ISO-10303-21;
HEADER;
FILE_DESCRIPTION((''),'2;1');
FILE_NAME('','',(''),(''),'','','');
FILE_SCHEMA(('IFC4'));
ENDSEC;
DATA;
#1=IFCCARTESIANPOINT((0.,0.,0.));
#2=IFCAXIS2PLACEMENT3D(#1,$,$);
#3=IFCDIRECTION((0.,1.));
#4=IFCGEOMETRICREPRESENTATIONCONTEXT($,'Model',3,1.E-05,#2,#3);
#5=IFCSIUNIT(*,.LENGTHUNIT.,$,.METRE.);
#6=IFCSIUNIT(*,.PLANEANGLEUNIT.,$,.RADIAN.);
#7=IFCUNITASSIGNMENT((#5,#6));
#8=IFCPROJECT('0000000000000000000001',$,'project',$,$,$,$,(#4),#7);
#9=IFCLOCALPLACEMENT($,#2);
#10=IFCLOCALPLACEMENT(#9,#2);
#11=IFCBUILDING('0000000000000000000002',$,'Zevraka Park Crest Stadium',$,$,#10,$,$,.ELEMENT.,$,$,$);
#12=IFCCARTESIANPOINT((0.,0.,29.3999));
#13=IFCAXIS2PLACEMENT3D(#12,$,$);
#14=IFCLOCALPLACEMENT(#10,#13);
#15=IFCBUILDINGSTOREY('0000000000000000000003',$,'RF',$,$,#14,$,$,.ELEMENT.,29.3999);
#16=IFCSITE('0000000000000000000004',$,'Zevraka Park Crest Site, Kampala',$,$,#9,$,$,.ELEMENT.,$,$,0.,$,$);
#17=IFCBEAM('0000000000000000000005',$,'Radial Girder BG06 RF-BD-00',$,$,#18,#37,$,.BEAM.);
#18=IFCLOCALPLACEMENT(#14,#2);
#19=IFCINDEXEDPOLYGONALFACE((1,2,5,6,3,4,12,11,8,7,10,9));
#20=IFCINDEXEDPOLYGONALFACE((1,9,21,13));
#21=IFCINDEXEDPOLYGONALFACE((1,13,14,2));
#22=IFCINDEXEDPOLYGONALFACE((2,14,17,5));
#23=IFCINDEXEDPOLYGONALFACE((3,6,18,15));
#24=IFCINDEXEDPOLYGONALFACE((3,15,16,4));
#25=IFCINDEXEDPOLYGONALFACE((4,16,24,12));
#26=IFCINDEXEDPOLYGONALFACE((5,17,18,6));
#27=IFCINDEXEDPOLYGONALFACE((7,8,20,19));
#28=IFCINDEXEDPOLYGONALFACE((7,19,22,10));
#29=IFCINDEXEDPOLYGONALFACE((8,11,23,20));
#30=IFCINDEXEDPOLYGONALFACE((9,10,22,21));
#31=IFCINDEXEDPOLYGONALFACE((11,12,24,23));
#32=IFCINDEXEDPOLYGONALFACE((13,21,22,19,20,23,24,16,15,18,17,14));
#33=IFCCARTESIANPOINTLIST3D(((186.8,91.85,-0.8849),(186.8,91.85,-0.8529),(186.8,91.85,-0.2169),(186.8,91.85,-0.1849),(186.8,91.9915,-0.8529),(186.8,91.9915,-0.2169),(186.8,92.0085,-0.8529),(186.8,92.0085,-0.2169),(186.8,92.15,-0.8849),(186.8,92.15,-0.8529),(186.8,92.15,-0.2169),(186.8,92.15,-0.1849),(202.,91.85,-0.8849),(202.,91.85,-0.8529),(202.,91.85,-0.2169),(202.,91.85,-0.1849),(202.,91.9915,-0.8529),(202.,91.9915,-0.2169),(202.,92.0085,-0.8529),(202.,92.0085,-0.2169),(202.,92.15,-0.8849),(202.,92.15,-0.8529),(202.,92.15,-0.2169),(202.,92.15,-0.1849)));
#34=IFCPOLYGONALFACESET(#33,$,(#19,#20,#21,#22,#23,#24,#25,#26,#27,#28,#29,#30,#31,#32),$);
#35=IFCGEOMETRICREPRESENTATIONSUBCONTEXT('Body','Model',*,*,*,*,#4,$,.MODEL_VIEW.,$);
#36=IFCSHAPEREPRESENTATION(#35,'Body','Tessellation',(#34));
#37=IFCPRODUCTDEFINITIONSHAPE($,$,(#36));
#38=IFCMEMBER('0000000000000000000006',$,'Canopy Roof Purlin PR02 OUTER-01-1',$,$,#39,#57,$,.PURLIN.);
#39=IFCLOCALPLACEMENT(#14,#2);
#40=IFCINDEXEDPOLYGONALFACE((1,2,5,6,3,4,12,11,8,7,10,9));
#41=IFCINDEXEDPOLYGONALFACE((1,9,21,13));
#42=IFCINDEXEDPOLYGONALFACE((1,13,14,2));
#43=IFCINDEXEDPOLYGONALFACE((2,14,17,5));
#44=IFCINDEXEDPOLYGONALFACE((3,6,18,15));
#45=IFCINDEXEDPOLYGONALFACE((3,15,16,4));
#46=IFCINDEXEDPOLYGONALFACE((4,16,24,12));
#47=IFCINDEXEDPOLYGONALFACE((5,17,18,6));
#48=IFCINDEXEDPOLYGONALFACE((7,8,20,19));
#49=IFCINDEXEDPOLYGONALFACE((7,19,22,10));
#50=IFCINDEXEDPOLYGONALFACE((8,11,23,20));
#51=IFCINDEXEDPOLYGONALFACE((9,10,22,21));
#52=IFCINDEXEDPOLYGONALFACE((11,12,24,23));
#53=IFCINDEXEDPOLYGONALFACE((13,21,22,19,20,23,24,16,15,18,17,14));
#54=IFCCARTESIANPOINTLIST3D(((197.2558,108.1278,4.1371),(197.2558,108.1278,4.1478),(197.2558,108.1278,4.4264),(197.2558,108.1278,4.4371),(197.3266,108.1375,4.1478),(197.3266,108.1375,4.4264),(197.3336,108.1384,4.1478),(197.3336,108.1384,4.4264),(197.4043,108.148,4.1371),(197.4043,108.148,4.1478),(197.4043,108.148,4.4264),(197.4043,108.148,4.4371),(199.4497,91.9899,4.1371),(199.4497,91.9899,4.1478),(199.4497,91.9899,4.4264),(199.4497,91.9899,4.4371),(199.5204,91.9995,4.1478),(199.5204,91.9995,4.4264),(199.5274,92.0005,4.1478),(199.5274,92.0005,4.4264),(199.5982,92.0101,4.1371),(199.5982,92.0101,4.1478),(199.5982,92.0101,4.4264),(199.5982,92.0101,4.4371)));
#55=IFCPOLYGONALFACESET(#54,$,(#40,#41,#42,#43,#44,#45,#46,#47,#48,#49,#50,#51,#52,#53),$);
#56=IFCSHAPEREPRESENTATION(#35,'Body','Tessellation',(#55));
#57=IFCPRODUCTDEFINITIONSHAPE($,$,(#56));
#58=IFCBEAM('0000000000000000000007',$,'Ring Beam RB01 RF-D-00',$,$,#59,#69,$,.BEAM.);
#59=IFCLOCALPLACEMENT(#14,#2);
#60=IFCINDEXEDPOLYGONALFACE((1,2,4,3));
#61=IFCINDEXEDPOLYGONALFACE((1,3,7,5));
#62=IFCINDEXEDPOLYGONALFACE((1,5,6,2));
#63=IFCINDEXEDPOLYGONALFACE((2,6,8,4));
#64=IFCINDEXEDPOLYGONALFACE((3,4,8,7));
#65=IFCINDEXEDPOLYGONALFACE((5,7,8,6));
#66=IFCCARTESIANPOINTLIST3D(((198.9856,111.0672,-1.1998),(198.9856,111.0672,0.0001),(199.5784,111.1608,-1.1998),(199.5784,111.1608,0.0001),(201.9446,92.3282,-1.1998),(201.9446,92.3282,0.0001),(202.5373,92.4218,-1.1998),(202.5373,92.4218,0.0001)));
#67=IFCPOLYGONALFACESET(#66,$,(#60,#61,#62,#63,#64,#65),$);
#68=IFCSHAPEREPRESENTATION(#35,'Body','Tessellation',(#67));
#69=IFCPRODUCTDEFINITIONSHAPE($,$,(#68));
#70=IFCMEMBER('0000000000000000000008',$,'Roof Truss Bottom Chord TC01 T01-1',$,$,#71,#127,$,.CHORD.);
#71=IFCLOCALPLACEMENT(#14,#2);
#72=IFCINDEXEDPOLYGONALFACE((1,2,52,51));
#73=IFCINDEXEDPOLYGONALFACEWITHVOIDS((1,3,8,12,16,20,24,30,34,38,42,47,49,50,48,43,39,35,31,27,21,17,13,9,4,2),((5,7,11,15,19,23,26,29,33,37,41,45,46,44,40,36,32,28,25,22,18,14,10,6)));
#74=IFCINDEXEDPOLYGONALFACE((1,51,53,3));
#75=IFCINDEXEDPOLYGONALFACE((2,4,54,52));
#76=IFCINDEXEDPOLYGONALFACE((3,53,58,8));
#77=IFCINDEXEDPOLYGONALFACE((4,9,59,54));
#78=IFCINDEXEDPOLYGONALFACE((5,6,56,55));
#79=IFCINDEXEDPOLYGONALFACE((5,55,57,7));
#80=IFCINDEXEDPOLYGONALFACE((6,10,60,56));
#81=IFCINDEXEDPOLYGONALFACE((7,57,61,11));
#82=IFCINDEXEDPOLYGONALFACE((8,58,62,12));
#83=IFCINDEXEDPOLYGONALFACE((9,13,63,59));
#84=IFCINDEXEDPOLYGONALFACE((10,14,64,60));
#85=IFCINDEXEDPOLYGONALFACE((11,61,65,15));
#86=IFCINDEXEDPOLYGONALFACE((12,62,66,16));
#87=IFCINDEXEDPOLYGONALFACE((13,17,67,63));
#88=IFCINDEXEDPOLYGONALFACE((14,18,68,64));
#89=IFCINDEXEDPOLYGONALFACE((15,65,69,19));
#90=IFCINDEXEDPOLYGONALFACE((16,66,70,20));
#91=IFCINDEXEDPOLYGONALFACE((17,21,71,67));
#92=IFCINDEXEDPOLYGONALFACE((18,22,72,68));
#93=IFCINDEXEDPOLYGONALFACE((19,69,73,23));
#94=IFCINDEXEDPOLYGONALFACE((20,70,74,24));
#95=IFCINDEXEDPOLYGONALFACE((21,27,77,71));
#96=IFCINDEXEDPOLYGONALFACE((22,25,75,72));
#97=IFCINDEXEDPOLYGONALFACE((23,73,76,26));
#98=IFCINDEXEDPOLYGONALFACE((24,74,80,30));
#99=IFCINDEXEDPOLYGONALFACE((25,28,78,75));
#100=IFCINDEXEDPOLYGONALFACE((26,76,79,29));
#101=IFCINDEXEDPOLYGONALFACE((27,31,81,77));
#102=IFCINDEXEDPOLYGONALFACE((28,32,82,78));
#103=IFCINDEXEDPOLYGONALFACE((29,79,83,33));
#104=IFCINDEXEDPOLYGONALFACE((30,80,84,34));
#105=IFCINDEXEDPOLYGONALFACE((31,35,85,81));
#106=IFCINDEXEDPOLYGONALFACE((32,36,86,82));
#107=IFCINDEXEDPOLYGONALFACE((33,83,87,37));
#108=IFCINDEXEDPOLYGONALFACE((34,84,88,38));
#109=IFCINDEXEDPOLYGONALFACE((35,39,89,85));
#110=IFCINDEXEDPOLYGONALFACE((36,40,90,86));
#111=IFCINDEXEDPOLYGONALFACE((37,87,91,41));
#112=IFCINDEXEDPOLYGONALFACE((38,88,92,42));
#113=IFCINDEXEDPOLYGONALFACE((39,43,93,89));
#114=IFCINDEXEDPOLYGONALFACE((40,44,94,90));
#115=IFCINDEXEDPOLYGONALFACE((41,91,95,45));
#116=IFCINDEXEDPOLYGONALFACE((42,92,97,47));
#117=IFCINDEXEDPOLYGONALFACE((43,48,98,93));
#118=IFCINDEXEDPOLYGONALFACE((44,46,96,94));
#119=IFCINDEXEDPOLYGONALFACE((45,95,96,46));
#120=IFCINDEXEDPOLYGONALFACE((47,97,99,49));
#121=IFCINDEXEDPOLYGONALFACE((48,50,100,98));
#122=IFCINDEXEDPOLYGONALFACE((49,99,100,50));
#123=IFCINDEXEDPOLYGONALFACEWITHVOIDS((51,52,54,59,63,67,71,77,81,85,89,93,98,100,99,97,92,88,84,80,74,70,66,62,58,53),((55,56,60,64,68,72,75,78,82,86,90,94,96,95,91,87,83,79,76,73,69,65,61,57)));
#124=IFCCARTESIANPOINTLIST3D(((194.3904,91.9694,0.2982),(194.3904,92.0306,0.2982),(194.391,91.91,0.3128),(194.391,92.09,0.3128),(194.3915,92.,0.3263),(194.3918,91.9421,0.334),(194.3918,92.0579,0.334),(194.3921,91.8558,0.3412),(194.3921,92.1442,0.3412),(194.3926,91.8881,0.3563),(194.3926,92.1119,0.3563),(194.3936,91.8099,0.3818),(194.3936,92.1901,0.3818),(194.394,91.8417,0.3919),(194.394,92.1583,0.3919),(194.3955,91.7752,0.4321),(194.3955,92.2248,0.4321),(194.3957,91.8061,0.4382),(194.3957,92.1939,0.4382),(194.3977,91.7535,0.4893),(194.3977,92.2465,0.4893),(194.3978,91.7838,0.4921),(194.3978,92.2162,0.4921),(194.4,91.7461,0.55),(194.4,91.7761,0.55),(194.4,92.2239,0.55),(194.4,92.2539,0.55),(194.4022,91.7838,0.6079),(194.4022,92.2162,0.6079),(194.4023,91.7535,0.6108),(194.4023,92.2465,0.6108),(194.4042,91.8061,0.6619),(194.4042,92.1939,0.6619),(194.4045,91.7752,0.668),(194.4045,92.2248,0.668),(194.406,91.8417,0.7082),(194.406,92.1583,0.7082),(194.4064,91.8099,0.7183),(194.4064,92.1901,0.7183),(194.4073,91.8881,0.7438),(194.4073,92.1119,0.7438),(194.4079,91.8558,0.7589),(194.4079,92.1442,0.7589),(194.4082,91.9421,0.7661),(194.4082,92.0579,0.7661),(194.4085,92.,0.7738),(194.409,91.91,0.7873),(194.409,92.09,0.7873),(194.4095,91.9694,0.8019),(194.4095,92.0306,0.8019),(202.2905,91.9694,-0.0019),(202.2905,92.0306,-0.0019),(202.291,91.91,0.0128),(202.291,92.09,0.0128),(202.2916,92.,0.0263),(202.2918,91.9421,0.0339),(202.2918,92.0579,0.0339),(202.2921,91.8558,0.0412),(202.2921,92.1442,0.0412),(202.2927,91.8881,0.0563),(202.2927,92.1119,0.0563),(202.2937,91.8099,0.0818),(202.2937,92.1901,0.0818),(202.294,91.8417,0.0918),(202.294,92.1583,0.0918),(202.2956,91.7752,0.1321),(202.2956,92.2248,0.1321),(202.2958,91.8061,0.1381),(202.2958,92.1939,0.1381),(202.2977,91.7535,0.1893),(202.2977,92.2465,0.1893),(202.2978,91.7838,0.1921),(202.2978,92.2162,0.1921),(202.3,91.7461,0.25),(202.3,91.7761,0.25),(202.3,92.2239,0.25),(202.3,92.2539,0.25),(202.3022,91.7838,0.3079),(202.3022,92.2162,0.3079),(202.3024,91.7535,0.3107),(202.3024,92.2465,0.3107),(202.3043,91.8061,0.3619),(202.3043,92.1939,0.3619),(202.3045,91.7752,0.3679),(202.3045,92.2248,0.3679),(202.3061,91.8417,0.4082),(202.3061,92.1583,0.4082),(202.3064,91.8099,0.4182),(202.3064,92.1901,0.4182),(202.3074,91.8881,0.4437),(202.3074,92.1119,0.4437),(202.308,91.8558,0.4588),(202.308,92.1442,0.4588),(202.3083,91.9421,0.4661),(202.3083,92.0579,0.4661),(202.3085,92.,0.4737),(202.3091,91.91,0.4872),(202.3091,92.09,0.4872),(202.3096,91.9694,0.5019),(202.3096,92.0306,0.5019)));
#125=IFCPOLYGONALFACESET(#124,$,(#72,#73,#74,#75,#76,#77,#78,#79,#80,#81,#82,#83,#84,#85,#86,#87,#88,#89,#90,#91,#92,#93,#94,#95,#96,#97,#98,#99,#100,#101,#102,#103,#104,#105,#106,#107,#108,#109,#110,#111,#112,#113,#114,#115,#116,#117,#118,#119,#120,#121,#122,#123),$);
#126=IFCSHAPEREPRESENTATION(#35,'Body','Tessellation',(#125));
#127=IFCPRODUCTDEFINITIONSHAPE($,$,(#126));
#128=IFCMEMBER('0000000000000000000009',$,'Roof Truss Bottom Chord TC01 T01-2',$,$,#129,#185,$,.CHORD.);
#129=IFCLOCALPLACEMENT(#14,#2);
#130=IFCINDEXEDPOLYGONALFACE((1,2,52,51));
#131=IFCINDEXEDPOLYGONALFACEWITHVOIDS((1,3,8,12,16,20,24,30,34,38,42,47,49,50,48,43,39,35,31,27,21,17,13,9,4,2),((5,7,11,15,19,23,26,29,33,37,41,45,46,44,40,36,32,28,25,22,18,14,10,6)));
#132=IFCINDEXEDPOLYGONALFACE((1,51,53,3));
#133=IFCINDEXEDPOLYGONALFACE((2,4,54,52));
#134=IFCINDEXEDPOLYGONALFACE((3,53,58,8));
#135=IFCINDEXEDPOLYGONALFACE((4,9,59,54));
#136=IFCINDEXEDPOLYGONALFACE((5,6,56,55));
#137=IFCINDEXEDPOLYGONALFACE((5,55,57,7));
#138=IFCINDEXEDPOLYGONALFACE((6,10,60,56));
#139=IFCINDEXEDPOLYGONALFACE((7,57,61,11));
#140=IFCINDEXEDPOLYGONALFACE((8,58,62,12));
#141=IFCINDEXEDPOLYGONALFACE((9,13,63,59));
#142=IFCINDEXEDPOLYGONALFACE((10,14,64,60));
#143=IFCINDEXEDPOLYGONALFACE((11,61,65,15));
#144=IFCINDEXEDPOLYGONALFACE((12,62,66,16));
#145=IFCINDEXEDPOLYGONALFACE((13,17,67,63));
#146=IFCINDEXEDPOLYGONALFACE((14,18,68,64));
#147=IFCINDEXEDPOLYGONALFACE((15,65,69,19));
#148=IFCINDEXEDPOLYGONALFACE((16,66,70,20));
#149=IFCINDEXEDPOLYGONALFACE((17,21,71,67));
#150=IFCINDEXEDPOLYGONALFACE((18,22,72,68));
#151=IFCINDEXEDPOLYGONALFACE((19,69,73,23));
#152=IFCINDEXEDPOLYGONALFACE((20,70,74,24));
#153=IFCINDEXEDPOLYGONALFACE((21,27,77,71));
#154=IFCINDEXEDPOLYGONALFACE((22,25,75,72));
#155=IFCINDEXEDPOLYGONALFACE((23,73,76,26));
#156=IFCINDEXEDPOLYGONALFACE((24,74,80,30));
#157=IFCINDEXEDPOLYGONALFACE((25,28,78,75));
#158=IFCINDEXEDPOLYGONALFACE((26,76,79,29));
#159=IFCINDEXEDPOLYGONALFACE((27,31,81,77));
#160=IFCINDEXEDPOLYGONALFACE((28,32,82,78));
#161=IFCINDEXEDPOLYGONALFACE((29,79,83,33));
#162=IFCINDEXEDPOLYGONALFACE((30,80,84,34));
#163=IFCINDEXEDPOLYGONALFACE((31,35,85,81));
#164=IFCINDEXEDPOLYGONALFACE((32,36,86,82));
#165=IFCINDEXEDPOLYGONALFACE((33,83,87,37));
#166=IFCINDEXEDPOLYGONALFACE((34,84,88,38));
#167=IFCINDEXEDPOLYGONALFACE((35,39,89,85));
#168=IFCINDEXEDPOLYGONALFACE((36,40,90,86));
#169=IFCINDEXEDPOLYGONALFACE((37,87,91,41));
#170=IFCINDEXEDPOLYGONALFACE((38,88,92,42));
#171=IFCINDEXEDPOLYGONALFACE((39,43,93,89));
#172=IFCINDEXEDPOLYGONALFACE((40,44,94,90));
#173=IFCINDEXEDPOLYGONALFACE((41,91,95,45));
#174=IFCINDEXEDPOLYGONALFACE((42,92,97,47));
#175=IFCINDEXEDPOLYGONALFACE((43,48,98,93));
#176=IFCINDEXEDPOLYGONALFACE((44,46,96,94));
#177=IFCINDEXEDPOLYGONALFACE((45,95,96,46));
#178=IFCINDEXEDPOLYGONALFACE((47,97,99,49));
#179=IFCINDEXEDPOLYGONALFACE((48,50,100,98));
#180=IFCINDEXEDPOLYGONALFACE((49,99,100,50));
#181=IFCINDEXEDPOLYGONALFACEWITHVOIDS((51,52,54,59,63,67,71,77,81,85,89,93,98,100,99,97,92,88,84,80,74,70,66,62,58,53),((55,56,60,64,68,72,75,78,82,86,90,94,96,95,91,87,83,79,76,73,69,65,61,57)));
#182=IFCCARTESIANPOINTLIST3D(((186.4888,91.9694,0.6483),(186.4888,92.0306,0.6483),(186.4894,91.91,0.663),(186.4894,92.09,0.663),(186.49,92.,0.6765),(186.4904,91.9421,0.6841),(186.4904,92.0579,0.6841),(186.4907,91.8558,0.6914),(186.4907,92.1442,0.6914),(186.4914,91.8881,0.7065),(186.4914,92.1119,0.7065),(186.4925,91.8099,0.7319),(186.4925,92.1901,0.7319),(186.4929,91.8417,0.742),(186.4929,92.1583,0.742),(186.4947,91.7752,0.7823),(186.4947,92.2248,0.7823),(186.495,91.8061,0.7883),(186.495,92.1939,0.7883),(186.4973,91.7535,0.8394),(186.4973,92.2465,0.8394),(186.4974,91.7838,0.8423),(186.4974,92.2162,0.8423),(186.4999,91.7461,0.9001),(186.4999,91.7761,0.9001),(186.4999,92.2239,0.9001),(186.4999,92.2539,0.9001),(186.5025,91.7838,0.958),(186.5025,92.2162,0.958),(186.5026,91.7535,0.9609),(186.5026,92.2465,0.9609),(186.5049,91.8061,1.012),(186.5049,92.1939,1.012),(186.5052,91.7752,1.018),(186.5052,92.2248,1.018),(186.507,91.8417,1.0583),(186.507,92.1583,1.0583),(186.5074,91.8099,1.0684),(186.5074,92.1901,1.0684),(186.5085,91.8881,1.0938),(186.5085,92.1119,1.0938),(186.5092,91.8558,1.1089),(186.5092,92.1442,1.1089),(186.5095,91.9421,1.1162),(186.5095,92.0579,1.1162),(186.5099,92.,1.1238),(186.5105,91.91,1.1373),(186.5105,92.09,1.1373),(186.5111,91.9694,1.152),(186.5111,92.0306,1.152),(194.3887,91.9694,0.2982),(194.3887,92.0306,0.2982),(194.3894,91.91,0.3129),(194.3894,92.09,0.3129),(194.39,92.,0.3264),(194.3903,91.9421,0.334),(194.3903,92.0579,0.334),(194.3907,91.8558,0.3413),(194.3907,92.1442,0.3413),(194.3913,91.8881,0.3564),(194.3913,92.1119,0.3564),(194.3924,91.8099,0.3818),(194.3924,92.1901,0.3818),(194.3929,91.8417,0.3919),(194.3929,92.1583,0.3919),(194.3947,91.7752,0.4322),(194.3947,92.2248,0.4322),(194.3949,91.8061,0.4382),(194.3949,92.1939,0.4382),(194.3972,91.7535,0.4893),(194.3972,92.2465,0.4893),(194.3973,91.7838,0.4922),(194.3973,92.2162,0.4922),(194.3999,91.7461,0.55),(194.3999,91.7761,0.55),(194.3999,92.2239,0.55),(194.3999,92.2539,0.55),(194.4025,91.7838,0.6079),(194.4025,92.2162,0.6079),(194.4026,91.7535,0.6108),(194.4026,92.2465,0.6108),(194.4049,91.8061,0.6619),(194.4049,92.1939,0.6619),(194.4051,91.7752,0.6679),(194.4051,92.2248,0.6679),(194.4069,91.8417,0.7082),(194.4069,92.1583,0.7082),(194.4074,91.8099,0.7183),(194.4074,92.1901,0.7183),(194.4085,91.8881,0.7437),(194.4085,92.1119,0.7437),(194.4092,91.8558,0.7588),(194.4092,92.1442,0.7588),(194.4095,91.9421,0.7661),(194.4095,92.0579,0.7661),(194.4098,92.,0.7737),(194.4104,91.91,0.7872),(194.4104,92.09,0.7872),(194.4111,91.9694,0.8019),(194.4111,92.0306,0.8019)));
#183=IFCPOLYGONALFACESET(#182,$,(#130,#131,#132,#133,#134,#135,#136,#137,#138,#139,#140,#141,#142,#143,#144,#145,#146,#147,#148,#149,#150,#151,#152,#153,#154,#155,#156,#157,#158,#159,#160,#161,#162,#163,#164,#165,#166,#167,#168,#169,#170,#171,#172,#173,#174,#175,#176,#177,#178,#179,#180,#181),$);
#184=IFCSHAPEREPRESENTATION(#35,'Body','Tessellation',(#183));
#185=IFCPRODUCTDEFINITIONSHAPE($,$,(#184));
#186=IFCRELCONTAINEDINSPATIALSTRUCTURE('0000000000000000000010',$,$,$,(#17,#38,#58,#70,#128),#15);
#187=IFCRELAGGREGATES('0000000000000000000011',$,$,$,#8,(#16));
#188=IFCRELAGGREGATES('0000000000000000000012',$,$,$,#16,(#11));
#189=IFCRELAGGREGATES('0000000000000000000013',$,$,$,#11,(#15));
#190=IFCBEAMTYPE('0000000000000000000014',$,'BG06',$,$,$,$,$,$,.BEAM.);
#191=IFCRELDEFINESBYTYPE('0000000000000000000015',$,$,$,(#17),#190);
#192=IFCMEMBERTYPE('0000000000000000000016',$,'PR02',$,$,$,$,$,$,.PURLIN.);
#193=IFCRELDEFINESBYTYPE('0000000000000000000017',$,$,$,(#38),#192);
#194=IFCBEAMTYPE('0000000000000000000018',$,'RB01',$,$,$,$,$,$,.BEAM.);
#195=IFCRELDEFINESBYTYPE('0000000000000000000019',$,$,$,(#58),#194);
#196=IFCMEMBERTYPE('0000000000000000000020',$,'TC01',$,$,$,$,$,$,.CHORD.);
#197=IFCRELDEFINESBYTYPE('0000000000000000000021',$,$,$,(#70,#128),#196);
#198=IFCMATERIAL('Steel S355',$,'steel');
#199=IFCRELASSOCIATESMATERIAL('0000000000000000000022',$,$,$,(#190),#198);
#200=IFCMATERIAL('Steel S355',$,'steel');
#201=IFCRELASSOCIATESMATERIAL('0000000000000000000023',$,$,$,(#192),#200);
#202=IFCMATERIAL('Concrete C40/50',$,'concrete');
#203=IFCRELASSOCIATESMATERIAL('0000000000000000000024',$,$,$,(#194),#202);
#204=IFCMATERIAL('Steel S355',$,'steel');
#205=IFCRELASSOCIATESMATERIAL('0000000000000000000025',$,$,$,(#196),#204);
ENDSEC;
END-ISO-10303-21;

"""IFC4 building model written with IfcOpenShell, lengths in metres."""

from ifc_helpers import new_model, si_unit, direction, frame, origin, origin_2d, place, context, subcontext, project, spatial, rectangle, hollow_circle, i_section, extrude, material, material_profile, profile_set, type_object, element, save


model = new_model("IFC4")

# Units and contexts
model_context = context("Model", 3, precision=1e-05, world=origin(), true_north=direction((0.0, 1.0)))
body_context = subcontext(model_context, "Body", "Model", "MODEL_VIEW")
ifc_project = project(units=[si_unit("LENGTHUNIT", "METRE"), si_unit("PLANEANGLEUNIT", "RADIAN")], contexts=[model_context])

# Site, building, storey
site_placement = place(None, origin())
site = spatial("IfcSite", under=ifc_project, at=site_placement, Name="Zevraka Park Crest Site, Kampala", CompositionType="ELEMENT", RefElevation=0.0)
building_placement = place(site_placement, origin())
building = spatial("IfcBuilding", under=site, at=building_placement, Name="Zevraka Park Crest Stadium", CompositionType="ELEMENT")
storey_placement = place(building_placement, frame((0.0, 0.0, 29.3999)))
storey = spatial("IfcBuildingStorey", under=building, at=storey_placement, Name="RF", CompositionType="ELEMENT", Elevation=29.3999)

# Beam
ifc_material_1 = material(Name="Steel S355", Category="steel")
ifc_material_profile_1 = material_profile(ifc_material_1, i_section(OverallWidth=0.3, OverallDepth=0.7, WebThickness=0.0171, FlangeThickness=0.032, at=origin_2d()), Name="HEB 700")
ifc_profile_set_1 = profile_set([ifc_material_profile_1], Name="Steel S355")
beam_type_1 = type_object("IfcBeamType", Name="BG06", PredefinedType="BEAM", material=ifc_profile_set_1)
beam_1_placement = place(storey_placement, frame((186.8, 92.0, -0.5349), z_axis=(1.0, 0.0, 0.0), x_axis=(0.0, 1.0, 0.0)))
element("IfcBeam", 1, at=beam_1_placement, inside=storey, type_object=beam_type_1, Name="Radial Girder BG06 RF-BD-00", PredefinedType="BEAM", context=body_context, shape_type="SweptSolid", body=[
    extrude(i_section(OverallWidth=0.3, OverallDepth=0.7, WebThickness=0.0171, FlangeThickness=0.032, at=origin_2d()), origin(), (0.0, 0.0, 1.0), 15.2),
])

# Member
ifc_material_2 = material(Name="Steel S355", Category="steel")
ifc_material_profile_2 = material_profile(ifc_material_2, i_section(OverallWidth=0.1499, OverallDepth=0.3, WebThickness=0.0071, FlangeThickness=0.0107, at=origin_2d()), Name="IPE 300")
ifc_profile_set_2 = profile_set([ifc_material_profile_2], Name="Steel S355")
member_type_1 = type_object("IfcMemberType", Name="PR02", PredefinedType="PURLIN", material=ifc_profile_set_2)
member_1_placement = place(storey_placement, frame((199.5239, 92.0, 4.2871), z_axis=(-0.134704, 0.990886, 0.0), x_axis=(-0.990886, -0.134704, 0.0)))
element("IfcMember", 2, at=member_1_placement, inside=storey, type_object=member_type_1, Name="Canopy Roof Purlin PR02 OUTER-01-1", PredefinedType="PURLIN", context=body_context, shape_type="SweptSolid", body=[
    extrude(i_section(OverallWidth=0.1499, OverallDepth=0.3, WebThickness=0.0071, FlangeThickness=0.0107, at=origin_2d()), origin(), (0.0, 0.0, 1.0), 16.2864),
])

# Beam
ifc_material_3 = material(Name="Concrete C40/50", Category="concrete")
ifc_material_profile_3 = material_profile(ifc_material_3, rectangle(XDim=0.6001, YDim=1.2, at=origin_2d()), Name="RC 1200x600")
ifc_profile_set_3 = profile_set([ifc_material_profile_3], Name="Concrete C40/50")
beam_type_2 = type_object("IfcBeamType", Name="RB01", PredefinedType="BEAM", material=ifc_profile_set_3)
beam_2_placement = place(storey_placement, frame((202.241, 92.375, -0.5999), z_axis=(-0.155972, 0.987761, 0.0), x_axis=(-0.987761, -0.155972, 0.0)))
element("IfcBeam", 3, at=beam_2_placement, inside=storey, type_object=beam_type_2, Name="Ring Beam RB01 RF-D-00", PredefinedType="BEAM", context=body_context, shape_type="SweptSolid", body=[
    extrude(rectangle(XDim=0.6001, YDim=1.2, at=origin_2d()), origin(), (0.0, 0.0, 1.0), 18.9712),
])

# Members
ifc_material_4 = material(Name="Steel S355", Category="steel")
ifc_material_profile_4 = material_profile(ifc_material_4, hollow_circle(Radius=0.2539, WallThickness=0.03, at=origin_2d()), Name="CHS 508.0x30")
ifc_profile_set_4 = profile_set([ifc_material_profile_4], Name="Steel S355")
member_type_2 = type_object("IfcMemberType", Name="TC01", PredefinedType="CHORD", material=ifc_profile_set_4)
member_2_placement = place(storey_placement, frame((202.3, 92.0, 0.25), z_axis=(-0.99928, 0.0, 0.037953), x_axis=(0.0, -1.0, 0.0)))
element("IfcMember", 4, at=member_2_placement, inside=storey, type_object=member_type_2, Name="Roof Truss Bottom Chord TC01 T01-1", PredefinedType="CHORD", context=body_context, shape_type="SweptSolid", body=[
    extrude(hollow_circle(Radius=0.2539, WallThickness=0.03, at=origin_2d()), origin(), (0.0, 0.0, 1.0), 7.9058),
])
member_3_placement = place(storey_placement, frame((194.3999, 92.0, 0.55), z_axis=(-0.999019, 0.0, 0.044273), x_axis=(0.0, -1.0, 0.0)))
element("IfcMember", 5, at=member_3_placement, inside=storey, type_object=member_type_2, Name="Roof Truss Bottom Chord TC01 T01-2", PredefinedType="CHORD", context=body_context, shape_type="SweptSolid", body=[
    extrude(hollow_circle(Radius=0.2539, WallThickness=0.03, at=origin_2d()), origin(), (0.0, 0.0, 1.0), 7.9077),
])

save(model, "model.ifc")
